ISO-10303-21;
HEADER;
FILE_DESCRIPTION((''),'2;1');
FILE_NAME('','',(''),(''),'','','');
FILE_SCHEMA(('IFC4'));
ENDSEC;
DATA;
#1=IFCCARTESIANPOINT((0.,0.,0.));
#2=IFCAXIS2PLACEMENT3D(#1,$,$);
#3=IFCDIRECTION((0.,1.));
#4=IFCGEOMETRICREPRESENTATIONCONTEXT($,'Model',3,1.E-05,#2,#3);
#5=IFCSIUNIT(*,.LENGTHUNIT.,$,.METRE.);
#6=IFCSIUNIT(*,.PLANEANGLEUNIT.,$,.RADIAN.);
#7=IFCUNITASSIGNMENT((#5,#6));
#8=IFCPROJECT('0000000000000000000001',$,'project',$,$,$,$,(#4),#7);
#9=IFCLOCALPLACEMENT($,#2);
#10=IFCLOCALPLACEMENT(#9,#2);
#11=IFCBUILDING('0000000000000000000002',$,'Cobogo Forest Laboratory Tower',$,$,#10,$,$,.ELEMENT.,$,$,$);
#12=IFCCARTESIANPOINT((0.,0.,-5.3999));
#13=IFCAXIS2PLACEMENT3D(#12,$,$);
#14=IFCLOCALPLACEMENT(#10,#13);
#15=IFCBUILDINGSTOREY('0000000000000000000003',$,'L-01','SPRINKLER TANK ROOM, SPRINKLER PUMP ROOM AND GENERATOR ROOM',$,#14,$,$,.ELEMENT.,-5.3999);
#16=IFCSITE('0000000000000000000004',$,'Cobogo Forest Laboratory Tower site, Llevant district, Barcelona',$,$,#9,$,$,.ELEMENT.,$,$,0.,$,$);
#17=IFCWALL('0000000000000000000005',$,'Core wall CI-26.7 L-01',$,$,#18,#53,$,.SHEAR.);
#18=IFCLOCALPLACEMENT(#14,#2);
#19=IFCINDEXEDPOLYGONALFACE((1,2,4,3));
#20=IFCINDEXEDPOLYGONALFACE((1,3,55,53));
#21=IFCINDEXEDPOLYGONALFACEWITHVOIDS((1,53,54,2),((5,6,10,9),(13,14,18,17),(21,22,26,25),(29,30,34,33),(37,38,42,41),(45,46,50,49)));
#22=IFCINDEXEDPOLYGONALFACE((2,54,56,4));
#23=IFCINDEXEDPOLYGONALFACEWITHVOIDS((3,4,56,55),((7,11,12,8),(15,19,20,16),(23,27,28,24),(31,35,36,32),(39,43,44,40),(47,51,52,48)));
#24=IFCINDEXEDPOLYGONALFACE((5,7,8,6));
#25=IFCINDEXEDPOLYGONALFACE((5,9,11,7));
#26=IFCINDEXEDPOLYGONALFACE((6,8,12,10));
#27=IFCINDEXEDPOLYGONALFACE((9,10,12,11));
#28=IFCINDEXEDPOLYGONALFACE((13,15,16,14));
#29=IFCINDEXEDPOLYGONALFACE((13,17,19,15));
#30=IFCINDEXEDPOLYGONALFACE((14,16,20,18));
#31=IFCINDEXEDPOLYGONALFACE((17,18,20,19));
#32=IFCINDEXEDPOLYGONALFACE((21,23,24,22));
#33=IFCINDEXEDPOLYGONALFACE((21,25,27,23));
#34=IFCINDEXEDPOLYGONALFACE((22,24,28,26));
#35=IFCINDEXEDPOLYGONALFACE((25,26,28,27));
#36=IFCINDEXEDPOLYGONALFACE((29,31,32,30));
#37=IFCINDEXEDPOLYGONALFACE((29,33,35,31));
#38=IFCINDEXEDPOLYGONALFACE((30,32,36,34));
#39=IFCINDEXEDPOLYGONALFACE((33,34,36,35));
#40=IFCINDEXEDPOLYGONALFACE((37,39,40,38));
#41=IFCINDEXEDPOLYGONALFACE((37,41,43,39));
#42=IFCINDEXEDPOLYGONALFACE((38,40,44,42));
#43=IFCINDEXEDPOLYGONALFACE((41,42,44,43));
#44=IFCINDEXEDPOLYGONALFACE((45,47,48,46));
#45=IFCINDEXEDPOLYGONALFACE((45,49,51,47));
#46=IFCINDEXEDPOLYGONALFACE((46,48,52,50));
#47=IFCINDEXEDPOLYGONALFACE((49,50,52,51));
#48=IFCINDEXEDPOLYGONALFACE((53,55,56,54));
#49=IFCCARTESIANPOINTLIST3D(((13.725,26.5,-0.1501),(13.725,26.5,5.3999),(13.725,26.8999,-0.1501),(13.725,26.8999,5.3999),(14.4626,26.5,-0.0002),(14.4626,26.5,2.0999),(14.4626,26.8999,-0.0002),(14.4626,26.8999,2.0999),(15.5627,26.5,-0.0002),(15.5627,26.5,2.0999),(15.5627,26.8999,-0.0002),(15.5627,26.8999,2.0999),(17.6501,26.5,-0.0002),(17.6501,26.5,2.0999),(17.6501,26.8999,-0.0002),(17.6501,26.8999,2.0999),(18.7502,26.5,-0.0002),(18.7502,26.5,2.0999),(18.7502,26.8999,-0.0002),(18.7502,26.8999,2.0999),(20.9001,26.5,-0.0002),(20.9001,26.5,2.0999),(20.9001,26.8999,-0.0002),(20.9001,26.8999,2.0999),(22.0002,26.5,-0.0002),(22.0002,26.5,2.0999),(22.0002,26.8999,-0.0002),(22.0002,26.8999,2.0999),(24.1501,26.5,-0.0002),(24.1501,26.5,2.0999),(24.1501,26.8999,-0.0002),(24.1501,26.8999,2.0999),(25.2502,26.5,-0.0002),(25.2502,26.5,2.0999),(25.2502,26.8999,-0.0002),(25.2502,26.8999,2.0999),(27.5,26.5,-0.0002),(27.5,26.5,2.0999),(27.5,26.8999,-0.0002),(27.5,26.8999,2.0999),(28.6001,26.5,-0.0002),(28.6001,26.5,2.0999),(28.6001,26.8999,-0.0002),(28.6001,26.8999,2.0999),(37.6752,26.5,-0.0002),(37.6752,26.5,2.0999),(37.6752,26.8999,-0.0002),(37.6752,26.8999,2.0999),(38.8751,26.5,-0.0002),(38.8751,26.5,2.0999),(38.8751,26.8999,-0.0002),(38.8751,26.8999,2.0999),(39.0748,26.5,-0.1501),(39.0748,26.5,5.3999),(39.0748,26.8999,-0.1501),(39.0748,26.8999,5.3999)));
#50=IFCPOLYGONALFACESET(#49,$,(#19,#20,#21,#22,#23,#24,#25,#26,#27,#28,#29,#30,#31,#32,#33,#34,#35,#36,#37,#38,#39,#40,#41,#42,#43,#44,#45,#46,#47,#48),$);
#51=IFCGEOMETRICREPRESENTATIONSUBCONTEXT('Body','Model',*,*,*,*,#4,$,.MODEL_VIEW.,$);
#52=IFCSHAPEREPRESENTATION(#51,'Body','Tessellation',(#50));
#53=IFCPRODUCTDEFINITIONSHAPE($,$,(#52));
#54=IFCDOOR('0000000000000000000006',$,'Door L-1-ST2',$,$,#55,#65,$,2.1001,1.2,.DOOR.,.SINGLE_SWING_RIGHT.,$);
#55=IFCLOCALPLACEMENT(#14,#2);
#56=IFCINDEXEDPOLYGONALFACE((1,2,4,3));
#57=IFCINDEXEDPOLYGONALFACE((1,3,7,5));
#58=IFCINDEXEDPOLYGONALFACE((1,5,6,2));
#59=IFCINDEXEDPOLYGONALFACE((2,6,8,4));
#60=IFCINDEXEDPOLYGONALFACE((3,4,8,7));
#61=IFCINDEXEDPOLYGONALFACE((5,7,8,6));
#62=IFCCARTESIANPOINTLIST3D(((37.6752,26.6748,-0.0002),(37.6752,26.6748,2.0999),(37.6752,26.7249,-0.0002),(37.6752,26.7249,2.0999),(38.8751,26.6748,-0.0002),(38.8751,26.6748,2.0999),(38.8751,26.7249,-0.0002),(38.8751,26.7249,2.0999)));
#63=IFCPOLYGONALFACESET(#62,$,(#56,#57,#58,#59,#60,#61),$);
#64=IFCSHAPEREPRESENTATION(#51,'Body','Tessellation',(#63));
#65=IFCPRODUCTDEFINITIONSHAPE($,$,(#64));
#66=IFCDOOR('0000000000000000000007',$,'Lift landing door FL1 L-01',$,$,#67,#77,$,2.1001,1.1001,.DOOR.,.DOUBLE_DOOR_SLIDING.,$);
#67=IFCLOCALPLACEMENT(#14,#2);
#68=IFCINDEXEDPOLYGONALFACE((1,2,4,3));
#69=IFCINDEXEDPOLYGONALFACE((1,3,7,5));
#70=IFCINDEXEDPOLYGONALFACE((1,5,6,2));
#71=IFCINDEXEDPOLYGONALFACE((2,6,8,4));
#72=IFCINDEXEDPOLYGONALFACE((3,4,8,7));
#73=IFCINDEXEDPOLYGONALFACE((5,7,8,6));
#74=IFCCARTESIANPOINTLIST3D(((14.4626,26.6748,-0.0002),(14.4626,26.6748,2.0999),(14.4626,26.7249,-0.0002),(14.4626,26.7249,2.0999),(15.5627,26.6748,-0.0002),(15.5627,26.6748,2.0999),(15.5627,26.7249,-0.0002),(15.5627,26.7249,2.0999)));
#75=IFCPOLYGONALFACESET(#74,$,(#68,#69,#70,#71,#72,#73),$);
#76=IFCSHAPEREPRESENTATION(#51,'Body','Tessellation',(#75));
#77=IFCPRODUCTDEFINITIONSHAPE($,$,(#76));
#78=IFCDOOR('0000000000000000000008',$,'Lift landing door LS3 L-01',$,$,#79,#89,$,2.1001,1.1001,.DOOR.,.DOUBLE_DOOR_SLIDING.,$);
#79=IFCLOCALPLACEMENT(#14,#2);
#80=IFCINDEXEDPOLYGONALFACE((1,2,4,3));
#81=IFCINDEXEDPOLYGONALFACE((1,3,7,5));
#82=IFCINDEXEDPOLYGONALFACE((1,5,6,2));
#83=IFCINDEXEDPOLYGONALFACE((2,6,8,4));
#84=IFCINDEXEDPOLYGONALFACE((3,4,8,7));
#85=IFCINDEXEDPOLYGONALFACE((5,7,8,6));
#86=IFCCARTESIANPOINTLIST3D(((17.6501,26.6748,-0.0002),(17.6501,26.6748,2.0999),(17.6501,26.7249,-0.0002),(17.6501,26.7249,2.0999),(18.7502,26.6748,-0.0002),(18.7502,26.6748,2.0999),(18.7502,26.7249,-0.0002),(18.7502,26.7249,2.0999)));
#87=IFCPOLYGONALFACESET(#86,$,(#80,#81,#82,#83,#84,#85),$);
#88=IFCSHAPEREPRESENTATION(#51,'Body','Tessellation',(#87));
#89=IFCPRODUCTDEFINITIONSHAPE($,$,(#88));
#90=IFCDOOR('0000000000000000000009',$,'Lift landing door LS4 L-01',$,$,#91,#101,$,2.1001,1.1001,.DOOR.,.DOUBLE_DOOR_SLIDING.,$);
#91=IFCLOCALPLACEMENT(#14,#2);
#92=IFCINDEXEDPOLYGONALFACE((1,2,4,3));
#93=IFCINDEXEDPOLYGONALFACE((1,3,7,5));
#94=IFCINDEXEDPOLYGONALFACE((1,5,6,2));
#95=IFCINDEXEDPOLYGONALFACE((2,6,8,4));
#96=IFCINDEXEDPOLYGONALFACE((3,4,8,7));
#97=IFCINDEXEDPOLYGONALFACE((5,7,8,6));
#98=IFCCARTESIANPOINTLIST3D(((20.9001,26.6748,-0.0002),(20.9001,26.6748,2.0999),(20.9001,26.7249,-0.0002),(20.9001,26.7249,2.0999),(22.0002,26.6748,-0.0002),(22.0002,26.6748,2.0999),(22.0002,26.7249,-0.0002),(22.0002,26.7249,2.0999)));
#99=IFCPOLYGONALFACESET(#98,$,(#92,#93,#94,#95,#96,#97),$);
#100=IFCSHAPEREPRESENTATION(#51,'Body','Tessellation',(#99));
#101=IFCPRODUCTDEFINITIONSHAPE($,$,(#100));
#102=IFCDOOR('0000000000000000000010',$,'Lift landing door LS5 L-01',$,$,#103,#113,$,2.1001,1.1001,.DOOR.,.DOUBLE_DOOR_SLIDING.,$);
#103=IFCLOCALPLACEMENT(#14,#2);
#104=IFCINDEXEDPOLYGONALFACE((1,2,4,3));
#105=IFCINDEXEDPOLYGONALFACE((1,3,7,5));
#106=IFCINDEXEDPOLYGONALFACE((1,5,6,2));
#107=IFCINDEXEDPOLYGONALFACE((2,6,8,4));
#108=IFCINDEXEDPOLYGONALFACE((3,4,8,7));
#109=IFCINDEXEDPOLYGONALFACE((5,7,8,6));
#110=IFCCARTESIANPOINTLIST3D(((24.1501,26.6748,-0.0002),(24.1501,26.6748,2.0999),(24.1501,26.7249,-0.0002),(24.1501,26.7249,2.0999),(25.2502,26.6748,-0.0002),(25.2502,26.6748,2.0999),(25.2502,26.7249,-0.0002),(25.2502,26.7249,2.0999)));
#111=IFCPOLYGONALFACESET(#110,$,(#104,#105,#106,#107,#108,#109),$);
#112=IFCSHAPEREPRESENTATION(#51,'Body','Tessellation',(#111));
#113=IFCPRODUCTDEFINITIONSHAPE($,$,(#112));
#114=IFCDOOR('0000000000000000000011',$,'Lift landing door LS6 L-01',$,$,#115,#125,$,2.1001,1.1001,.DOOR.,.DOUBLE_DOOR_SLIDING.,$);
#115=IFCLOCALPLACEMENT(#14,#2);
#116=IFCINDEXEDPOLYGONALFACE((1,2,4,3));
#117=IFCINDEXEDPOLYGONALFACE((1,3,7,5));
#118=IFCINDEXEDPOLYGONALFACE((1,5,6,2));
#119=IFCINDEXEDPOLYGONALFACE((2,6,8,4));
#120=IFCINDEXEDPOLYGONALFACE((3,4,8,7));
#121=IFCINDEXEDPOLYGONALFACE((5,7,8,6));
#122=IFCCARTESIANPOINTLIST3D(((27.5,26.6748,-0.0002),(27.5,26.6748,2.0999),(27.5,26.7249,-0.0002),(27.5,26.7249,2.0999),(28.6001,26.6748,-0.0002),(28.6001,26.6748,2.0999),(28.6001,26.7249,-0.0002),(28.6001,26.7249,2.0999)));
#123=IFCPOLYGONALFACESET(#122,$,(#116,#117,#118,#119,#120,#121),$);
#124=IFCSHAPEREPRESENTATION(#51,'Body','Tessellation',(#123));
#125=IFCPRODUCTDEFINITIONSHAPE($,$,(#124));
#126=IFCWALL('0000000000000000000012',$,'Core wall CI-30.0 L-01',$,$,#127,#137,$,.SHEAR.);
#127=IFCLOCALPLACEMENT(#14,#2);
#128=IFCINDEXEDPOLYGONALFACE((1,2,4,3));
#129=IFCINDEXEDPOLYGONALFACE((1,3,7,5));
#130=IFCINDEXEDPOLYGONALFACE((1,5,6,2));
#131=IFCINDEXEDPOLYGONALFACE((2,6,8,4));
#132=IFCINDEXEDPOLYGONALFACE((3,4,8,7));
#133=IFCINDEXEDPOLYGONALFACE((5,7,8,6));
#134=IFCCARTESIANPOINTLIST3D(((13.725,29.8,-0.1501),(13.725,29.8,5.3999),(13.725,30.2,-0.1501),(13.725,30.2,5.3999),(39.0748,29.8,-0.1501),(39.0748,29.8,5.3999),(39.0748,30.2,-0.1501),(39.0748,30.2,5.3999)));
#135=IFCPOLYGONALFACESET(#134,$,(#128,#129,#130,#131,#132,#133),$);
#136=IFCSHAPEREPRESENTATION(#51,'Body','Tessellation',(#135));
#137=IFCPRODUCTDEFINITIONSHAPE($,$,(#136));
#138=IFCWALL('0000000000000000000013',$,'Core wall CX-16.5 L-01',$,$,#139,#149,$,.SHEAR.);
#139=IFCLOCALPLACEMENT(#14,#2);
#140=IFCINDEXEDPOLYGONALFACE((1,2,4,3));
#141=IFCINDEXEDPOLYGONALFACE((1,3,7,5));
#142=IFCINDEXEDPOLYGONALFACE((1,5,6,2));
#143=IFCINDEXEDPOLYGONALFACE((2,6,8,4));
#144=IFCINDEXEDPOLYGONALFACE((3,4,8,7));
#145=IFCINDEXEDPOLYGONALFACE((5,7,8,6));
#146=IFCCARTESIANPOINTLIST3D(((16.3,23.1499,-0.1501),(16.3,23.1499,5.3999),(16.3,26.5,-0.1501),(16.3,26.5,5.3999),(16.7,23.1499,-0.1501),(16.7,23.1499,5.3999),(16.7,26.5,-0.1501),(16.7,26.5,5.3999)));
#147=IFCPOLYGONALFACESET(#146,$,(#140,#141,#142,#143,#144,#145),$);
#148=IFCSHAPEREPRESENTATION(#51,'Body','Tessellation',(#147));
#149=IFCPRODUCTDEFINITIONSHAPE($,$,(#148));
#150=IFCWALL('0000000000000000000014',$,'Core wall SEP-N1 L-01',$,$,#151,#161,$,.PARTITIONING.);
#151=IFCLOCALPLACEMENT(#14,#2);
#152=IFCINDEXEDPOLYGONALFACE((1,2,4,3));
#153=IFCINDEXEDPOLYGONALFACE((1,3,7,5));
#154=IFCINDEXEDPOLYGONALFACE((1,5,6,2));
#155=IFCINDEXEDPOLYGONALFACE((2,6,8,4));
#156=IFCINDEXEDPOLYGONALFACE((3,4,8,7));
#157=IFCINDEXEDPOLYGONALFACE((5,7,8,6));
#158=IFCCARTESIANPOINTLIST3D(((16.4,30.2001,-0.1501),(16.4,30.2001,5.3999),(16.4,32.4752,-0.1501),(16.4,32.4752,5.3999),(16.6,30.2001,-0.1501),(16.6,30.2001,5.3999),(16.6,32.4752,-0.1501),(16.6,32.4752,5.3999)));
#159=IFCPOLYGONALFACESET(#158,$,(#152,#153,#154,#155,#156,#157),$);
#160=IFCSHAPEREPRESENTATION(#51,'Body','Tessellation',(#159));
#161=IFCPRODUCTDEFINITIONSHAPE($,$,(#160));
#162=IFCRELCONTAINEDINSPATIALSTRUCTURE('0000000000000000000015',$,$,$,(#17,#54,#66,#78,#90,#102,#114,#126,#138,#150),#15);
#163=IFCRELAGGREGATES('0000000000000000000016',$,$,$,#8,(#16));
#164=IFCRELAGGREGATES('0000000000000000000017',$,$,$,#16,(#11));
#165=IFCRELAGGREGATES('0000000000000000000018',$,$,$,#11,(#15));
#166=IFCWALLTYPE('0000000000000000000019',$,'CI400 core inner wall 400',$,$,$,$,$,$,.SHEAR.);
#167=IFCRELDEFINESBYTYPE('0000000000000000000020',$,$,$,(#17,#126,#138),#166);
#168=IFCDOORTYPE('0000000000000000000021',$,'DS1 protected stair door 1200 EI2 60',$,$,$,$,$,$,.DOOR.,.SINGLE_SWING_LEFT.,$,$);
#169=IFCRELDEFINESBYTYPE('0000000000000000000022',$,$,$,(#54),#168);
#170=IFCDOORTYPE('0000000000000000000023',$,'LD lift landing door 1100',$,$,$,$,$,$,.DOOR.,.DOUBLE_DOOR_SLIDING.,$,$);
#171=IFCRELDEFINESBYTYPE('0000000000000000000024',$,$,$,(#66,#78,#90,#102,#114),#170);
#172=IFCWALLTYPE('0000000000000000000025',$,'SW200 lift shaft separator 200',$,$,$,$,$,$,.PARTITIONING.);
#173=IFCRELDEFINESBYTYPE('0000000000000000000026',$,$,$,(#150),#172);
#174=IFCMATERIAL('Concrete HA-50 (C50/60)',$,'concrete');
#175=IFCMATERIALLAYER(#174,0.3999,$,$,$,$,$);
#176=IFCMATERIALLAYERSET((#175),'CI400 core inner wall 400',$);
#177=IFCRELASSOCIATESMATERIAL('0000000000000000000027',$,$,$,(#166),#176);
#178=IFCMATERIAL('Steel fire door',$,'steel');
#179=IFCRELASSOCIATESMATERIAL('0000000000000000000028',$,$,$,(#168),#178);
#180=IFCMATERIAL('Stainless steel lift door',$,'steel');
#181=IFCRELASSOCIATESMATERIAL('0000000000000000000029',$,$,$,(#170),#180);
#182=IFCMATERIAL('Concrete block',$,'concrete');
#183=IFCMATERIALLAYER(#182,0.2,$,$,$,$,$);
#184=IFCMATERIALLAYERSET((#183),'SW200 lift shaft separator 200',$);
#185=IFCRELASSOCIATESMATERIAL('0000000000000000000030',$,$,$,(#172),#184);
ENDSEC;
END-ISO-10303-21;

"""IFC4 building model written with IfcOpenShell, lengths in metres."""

from ifc_helpers import new_model, si_unit, direction, frame, frame_2d, origin, place, context, subcontext, project, spatial, rectangle, extrude, material, layer, layer_set, type_object, element, fill, save


model = new_model("IFC4")

# Units and contexts
model_context = context("Model", 3, precision=1e-05, world=origin(), true_north=direction((0.0, 1.0)))
body_context = subcontext(model_context, "Body", "Model", "MODEL_VIEW")
ifc_project = project(units=[si_unit("LENGTHUNIT", "METRE"), si_unit("PLANEANGLEUNIT", "RADIAN")], contexts=[model_context])

# Site, building, storey
site_placement = place(None, origin())
site = spatial("IfcSite", under=ifc_project, at=site_placement, Name="Cobogo Forest Laboratory Tower site, Llevant district, Barcelona", CompositionType="ELEMENT", RefElevation=0.0)
building_placement = place(site_placement, origin())
building = spatial("IfcBuilding", under=site, at=building_placement, Name="Cobogo Forest Laboratory Tower", CompositionType="ELEMENT")
storey_placement = place(building_placement, frame((0.0, 0.0, -5.3999)))
storey = spatial("IfcBuildingStorey", under=building, at=storey_placement, Name="L-01", Description="SPRINKLER TANK ROOM, SPRINKLER PUMP ROOM AND GENERATOR ROOM", CompositionType="ELEMENT", Elevation=-5.3999)

# Wall, openings, doors
ifc_material_1 = material(Name="Concrete HA-50 (C50/60)", Category="concrete")
ifc_layer_1 = layer(ifc_material_1, 0.3999)
ifc_layer_set_1 = layer_set([ifc_layer_1], Name="CI400 core inner wall 400")
wall_type_1 = type_object("IfcWallType", Name="CI400 core inner wall 400", PredefinedType="SHEAR", material=ifc_layer_set_1)
wall_1_placement = place(storey_placement, frame((13.7251, 26.7, -0.1501), z_axis=(0.0, 0.0, 1.0), x_axis=(1.0, 0.0, 0.0)))
wall_1 = element("IfcWall", 1, at=wall_1_placement, inside=storey, type_object=wall_type_1, Name="Core wall CI-26.7 L-01", PredefinedType="SHEAR", context=body_context, shape_type="SweptSolid", body=[
    extrude(rectangle(XDim=25.3499, YDim=0.3999, at=frame_2d((12.6748, 0.0))), origin(), (0.0, 0.0, 1.0), 5.55),
])
opening_1_placement = place(wall_1_placement, frame((23.95, 0.0, 0.1499)))
opening_1 = element("IfcOpeningElement", 2, at=opening_1_placement, cuts=wall_1, PredefinedType="OPENING", context=body_context, shape_type="SweptSolid", body=[
    extrude(rectangle(XDim=1.2, YDim=2.1001, at=frame_2d((0.6001, 1.05))), frame((0.0, 0.21, 0.0), z_axis=(0.0, -1.0, 0.0), x_axis=(1.0, 0.0, 0.0)), (0.0, 0.0, 1.0), 0.4199),
])
opening_2_placement = place(wall_1_placement, frame((0.7375, 0.0, 0.1499)))
opening_2 = element("IfcOpeningElement", 3, at=opening_2_placement, cuts=wall_1, PredefinedType="OPENING", context=body_context, shape_type="SweptSolid", body=[
    extrude(rectangle(XDim=1.1001, YDim=2.1001, at=frame_2d((0.55, 1.05))), frame((0.0, 0.21, 0.0), z_axis=(0.0, -1.0, 0.0), x_axis=(1.0, 0.0, 0.0)), (0.0, 0.0, 1.0), 0.4199),
])
opening_3_placement = place(wall_1_placement, frame((3.925, 0.0, 0.1499)))
opening_3 = element("IfcOpeningElement", 4, at=opening_3_placement, cuts=wall_1, PredefinedType="OPENING", context=body_context, shape_type="SweptSolid", body=[
    extrude(rectangle(XDim=1.1001, YDim=2.1001, at=frame_2d((0.55, 1.05))), frame((0.0, 0.21, 0.0), z_axis=(0.0, -1.0, 0.0), x_axis=(1.0, 0.0, 0.0)), (0.0, 0.0, 1.0), 0.4199),
])
opening_4_placement = place(wall_1_placement, frame((7.175, 0.0, 0.1499)))
opening_4 = element("IfcOpeningElement", 5, at=opening_4_placement, cuts=wall_1, PredefinedType="OPENING", context=body_context, shape_type="SweptSolid", body=[
    extrude(rectangle(XDim=1.1001, YDim=2.1001, at=frame_2d((0.55, 1.05))), frame((0.0, 0.21, 0.0), z_axis=(0.0, -1.0, 0.0), x_axis=(1.0, 0.0, 0.0)), (0.0, 0.0, 1.0), 0.4199),
])
opening_5_placement = place(wall_1_placement, frame((10.425, 0.0, 0.1499)))
opening_5 = element("IfcOpeningElement", 6, at=opening_5_placement, cuts=wall_1, PredefinedType="OPENING", context=body_context, shape_type="SweptSolid", body=[
    extrude(rectangle(XDim=1.1001, YDim=2.1001, at=frame_2d((0.55, 1.05))), frame((0.0, 0.21, 0.0), z_axis=(0.0, -1.0, 0.0), x_axis=(1.0, 0.0, 0.0)), (0.0, 0.0, 1.0), 0.4199),
])
opening_6_placement = place(wall_1_placement, frame((13.7749, 0.0, 0.1499)))
opening_6 = element("IfcOpeningElement", 7, at=opening_6_placement, cuts=wall_1, PredefinedType="OPENING", context=body_context, shape_type="SweptSolid", body=[
    extrude(rectangle(XDim=1.1001, YDim=2.1001, at=frame_2d((0.55, 1.05))), frame((0.0, 0.21, 0.0), z_axis=(0.0, -1.0, 0.0), x_axis=(1.0, 0.0, 0.0)), (0.0, 0.0, 1.0), 0.4199),
])
ifc_material_2 = material(Name="Steel fire door", Category="steel")
door_type_1 = type_object("IfcDoorType", Name="DS1 protected stair door 1200 EI2 60", OperationType="SINGLE_SWING_LEFT", PredefinedType="DOOR", material=ifc_material_2)
door_1_placement = place(opening_1_placement, origin())
door_1 = element("IfcDoor", 8, at=door_1_placement, inside=storey, type_object=door_type_1, Name="Door L-1-ST2", OperationType="SINGLE_SWING_RIGHT", OverallHeight=2.1001, OverallWidth=1.2, PredefinedType="DOOR", context=body_context, shape_type="SweptSolid", body=[
    extrude(rectangle(XDim=1.2, YDim=2.1001, at=frame_2d((0.6001, 1.05))), frame((0.0, 0.0249, 0.0), z_axis=(0.0, -1.0, 0.0), x_axis=(1.0, 0.0, 0.0)), (0.0, 0.0, 1.0), 0.05),
])
fill(opening_1, door_1)
ifc_material_3 = material(Name="Stainless steel lift door", Category="steel")
door_type_2 = type_object("IfcDoorType", Name="LD lift landing door 1100", OperationType="DOUBLE_DOOR_SLIDING", PredefinedType="DOOR", material=ifc_material_3)
door_2_placement = place(opening_2_placement, origin())
door_2 = element("IfcDoor", 9, at=door_2_placement, inside=storey, type_object=door_type_2, Name="Lift landing door FL1 L-01", OperationType="DOUBLE_DOOR_SLIDING", OverallHeight=2.1001, OverallWidth=1.1001, PredefinedType="DOOR", context=body_context, shape_type="SweptSolid", body=[
    extrude(rectangle(XDim=1.1001, YDim=2.1001, at=frame_2d((0.55, 1.05))), frame((0.0, 0.0249, 0.0), z_axis=(0.0, -1.0, 0.0), x_axis=(1.0, 0.0, 0.0)), (0.0, 0.0, 1.0), 0.05),
])
fill(opening_2, door_2)
door_3_placement = place(opening_3_placement, origin())
door_3 = element("IfcDoor", 10, at=door_3_placement, inside=storey, type_object=door_type_2, Name="Lift landing door LS3 L-01", OperationType="DOUBLE_DOOR_SLIDING", OverallHeight=2.1001, OverallWidth=1.1001, PredefinedType="DOOR", context=body_context, shape_type="SweptSolid", body=[
    extrude(rectangle(XDim=1.1001, YDim=2.1001, at=frame_2d((0.55, 1.05))), frame((0.0, 0.0249, 0.0), z_axis=(0.0, -1.0, 0.0), x_axis=(1.0, 0.0, 0.0)), (0.0, 0.0, 1.0), 0.05),
])
fill(opening_3, door_3)
door_4_placement = place(opening_4_placement, origin())
door_4 = element("IfcDoor", 11, at=door_4_placement, inside=storey, type_object=door_type_2, Name="Lift landing door LS4 L-01", OperationType="DOUBLE_DOOR_SLIDING", OverallHeight=2.1001, OverallWidth=1.1001, PredefinedType="DOOR", context=body_context, shape_type="SweptSolid", body=[
    extrude(rectangle(XDim=1.1001, YDim=2.1001, at=frame_2d((0.55, 1.05))), frame((0.0, 0.0249, 0.0), z_axis=(0.0, -1.0, 0.0), x_axis=(1.0, 0.0, 0.0)), (0.0, 0.0, 1.0), 0.05),
])
fill(opening_4, door_4)
door_5_placement = place(opening_5_placement, origin())
door_5 = element("IfcDoor", 12, at=door_5_placement, inside=storey, type_object=door_type_2, Name="Lift landing door LS5 L-01", OperationType="DOUBLE_DOOR_SLIDING", OverallHeight=2.1001, OverallWidth=1.1001, PredefinedType="DOOR", context=body_context, shape_type="SweptSolid", body=[
    extrude(rectangle(XDim=1.1001, YDim=2.1001, at=frame_2d((0.55, 1.05))), frame((0.0, 0.0249, 0.0), z_axis=(0.0, -1.0, 0.0), x_axis=(1.0, 0.0, 0.0)), (0.0, 0.0, 1.0), 0.05),
])
fill(opening_5, door_5)
door_6_placement = place(opening_6_placement, origin())
door_6 = element("IfcDoor", 13, at=door_6_placement, inside=storey, type_object=door_type_2, Name="Lift landing door LS6 L-01", OperationType="DOUBLE_DOOR_SLIDING", OverallHeight=2.1001, OverallWidth=1.1001, PredefinedType="DOOR", context=body_context, shape_type="SweptSolid", body=[
    extrude(rectangle(XDim=1.1001, YDim=2.1001, at=frame_2d((0.55, 1.05))), frame((0.0, 0.0249, 0.0), z_axis=(0.0, -1.0, 0.0), x_axis=(1.0, 0.0, 0.0)), (0.0, 0.0, 1.0), 0.05),
])
fill(opening_6, door_6)

# Walls
wall_2_placement = place(storey_placement, frame((13.7251, 30.0, -0.1501), z_axis=(0.0, 0.0, 1.0), x_axis=(1.0, 0.0, 0.0)))
element("IfcWall", 14, at=wall_2_placement, inside=storey, type_object=wall_type_1, Name="Core wall CI-30.0 L-01", PredefinedType="SHEAR", context=body_context, shape_type="SweptSolid", body=[
    extrude(rectangle(XDim=25.3499, YDim=0.3999, at=frame_2d((12.6748, 0.0))), origin(), (0.0, 0.0, 1.0), 5.55),
])
wall_3_placement = place(storey_placement, frame((16.5, 23.1499, -0.1501), z_axis=(0.0, 0.0, 1.0), x_axis=(0.0, 1.0, 0.0)))
element("IfcWall", 15, at=wall_3_placement, inside=storey, type_object=wall_type_1, Name="Core wall CX-16.5 L-01", PredefinedType="SHEAR", context=body_context, shape_type="SweptSolid", body=[
    extrude(rectangle(XDim=3.3501, YDim=0.3999, at=frame_2d((1.675, 0.0))), origin(), (0.0, 0.0, 1.0), 5.55),
])
ifc_material_4 = material(Name="Concrete block", Category="concrete")
ifc_layer_2 = layer(ifc_material_4, 0.2)
ifc_layer_set_2 = layer_set([ifc_layer_2], Name="SW200 lift shaft separator 200")
wall_type_2 = type_object("IfcWallType", Name="SW200 lift shaft separator 200", PredefinedType="PARTITIONING", material=ifc_layer_set_2)
wall_4_placement = place(storey_placement, frame((16.5, 30.2, -0.1501), z_axis=(0.0, 0.0, 1.0), x_axis=(0.0, 1.0, 0.0)))
element("IfcWall", 16, at=wall_4_placement, inside=storey, type_object=wall_type_2, Name="Core wall SEP-N1 L-01", PredefinedType="PARTITIONING", context=body_context, shape_type="SweptSolid", body=[
    extrude(rectangle(XDim=2.2751, YDim=0.2, at=frame_2d((1.1377, 0.0))), origin(), (0.0, 0.0, 1.0), 5.55),
])

save(model, "model.ifc")
